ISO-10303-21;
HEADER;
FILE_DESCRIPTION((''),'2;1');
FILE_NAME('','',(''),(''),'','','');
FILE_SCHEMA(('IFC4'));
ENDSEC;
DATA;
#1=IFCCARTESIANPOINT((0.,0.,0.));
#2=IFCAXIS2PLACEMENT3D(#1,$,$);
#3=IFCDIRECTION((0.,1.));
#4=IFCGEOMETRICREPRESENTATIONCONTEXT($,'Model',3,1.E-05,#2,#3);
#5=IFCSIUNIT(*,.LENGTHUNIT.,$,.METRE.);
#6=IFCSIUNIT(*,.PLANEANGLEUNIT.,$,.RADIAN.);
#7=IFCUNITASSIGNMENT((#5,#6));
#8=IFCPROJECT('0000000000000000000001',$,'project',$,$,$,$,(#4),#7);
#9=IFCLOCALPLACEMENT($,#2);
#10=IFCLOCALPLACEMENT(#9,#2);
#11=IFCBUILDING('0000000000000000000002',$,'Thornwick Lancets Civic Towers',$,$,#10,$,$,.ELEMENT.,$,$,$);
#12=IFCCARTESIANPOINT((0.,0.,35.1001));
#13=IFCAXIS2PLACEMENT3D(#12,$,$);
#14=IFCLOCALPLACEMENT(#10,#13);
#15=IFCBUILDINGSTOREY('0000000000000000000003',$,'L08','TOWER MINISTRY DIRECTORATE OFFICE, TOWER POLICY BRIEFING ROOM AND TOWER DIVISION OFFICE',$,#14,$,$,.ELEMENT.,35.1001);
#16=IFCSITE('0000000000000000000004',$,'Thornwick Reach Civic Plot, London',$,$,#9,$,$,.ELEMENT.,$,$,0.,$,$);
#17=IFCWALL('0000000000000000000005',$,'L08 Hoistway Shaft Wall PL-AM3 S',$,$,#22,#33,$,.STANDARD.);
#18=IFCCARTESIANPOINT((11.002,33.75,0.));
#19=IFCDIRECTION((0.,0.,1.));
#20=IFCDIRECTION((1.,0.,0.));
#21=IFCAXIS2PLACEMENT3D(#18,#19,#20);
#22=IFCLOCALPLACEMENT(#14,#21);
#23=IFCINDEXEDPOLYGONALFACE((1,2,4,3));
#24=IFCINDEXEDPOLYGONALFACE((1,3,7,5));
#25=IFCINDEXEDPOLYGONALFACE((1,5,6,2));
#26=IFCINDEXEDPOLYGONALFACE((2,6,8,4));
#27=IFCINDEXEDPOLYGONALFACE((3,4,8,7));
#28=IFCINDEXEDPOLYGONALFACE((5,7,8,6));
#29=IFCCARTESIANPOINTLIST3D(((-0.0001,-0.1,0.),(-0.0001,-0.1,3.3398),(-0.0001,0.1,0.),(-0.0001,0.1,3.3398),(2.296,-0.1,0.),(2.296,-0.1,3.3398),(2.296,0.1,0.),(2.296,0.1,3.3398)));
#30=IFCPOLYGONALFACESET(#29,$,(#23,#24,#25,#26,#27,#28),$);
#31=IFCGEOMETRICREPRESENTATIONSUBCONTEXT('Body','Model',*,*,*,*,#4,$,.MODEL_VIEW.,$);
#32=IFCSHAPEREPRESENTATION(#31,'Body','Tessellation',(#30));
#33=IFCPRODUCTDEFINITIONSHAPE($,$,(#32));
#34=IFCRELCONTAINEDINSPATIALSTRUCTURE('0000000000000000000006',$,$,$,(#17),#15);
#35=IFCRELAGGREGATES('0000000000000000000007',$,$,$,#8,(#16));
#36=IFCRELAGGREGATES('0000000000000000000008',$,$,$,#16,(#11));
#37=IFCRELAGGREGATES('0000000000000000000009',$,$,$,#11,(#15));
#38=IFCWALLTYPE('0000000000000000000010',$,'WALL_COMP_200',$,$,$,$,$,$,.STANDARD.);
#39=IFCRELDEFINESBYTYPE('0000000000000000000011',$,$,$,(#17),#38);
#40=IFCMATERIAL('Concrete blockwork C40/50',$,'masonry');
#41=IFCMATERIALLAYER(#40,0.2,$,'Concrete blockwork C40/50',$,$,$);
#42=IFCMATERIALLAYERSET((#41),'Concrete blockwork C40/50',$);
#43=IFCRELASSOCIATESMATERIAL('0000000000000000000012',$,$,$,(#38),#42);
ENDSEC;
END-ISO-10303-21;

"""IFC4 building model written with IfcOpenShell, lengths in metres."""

from ifc_helpers import new_model, si_unit, direction, frame, frame_2d, origin, place, context, subcontext, project, spatial, rectangle, extrude, material, layer, layer_set, type_object, element, save


model = new_model("IFC4")

# Units and contexts
model_context = context("Model", 3, precision=1e-05, world=origin(), true_north=direction((0.0, 1.0)))
body_context = subcontext(model_context, "Body", "Model", "MODEL_VIEW")
ifc_project = project(units=[si_unit("LENGTHUNIT", "METRE"), si_unit("PLANEANGLEUNIT", "RADIAN")], contexts=[model_context])

# Site, building, storey
site_placement = place(None, origin())
site = spatial("IfcSite", under=ifc_project, at=site_placement, Name="Thornwick Reach Civic Plot, London", CompositionType="ELEMENT", RefElevation=0.0)
building_placement = place(site_placement, origin())
building = spatial("IfcBuilding", under=site, at=building_placement, Name="Thornwick Lancets Civic Towers", CompositionType="ELEMENT")
storey_placement = place(building_placement, frame((0.0, 0.0, 35.1001)))
storey = spatial("IfcBuildingStorey", under=building, at=storey_placement, Name="L08", Description="TOWER MINISTRY DIRECTORATE OFFICE, TOWER POLICY BRIEFING ROOM AND TOWER DIVISION OFFICE", CompositionType="ELEMENT", Elevation=35.1001)

# Wall
ifc_material_1 = material(Name="Concrete blockwork C40/50", Category="masonry")
ifc_layer_1 = layer(ifc_material_1, 0.2, Name="Concrete blockwork C40/50")
ifc_layer_set_1 = layer_set([ifc_layer_1], Name="Concrete blockwork C40/50")
wall_type_1 = type_object("IfcWallType", Name="WALL_COMP_200", PredefinedType="STANDARD", material=ifc_layer_set_1)
wall_1_placement = place(storey_placement, frame((11.002, 33.75, 0.0), z_axis=(0.0, 0.0, 1.0), x_axis=(1.0, 0.0, 0.0)))
element("IfcWall", 1, at=wall_1_placement, inside=storey, type_object=wall_type_1, Name="L08 Hoistway Shaft Wall PL-AM3 S", PredefinedType="STANDARD", context=body_context, shape_type="SweptSolid", body=[
    extrude(rectangle(XDim=2.2961, YDim=0.2, at=frame_2d((1.1479, 0.0))), origin(), (0.0, 0.0, 1.0), 3.3398),
])

save(model, "model.ifc")
